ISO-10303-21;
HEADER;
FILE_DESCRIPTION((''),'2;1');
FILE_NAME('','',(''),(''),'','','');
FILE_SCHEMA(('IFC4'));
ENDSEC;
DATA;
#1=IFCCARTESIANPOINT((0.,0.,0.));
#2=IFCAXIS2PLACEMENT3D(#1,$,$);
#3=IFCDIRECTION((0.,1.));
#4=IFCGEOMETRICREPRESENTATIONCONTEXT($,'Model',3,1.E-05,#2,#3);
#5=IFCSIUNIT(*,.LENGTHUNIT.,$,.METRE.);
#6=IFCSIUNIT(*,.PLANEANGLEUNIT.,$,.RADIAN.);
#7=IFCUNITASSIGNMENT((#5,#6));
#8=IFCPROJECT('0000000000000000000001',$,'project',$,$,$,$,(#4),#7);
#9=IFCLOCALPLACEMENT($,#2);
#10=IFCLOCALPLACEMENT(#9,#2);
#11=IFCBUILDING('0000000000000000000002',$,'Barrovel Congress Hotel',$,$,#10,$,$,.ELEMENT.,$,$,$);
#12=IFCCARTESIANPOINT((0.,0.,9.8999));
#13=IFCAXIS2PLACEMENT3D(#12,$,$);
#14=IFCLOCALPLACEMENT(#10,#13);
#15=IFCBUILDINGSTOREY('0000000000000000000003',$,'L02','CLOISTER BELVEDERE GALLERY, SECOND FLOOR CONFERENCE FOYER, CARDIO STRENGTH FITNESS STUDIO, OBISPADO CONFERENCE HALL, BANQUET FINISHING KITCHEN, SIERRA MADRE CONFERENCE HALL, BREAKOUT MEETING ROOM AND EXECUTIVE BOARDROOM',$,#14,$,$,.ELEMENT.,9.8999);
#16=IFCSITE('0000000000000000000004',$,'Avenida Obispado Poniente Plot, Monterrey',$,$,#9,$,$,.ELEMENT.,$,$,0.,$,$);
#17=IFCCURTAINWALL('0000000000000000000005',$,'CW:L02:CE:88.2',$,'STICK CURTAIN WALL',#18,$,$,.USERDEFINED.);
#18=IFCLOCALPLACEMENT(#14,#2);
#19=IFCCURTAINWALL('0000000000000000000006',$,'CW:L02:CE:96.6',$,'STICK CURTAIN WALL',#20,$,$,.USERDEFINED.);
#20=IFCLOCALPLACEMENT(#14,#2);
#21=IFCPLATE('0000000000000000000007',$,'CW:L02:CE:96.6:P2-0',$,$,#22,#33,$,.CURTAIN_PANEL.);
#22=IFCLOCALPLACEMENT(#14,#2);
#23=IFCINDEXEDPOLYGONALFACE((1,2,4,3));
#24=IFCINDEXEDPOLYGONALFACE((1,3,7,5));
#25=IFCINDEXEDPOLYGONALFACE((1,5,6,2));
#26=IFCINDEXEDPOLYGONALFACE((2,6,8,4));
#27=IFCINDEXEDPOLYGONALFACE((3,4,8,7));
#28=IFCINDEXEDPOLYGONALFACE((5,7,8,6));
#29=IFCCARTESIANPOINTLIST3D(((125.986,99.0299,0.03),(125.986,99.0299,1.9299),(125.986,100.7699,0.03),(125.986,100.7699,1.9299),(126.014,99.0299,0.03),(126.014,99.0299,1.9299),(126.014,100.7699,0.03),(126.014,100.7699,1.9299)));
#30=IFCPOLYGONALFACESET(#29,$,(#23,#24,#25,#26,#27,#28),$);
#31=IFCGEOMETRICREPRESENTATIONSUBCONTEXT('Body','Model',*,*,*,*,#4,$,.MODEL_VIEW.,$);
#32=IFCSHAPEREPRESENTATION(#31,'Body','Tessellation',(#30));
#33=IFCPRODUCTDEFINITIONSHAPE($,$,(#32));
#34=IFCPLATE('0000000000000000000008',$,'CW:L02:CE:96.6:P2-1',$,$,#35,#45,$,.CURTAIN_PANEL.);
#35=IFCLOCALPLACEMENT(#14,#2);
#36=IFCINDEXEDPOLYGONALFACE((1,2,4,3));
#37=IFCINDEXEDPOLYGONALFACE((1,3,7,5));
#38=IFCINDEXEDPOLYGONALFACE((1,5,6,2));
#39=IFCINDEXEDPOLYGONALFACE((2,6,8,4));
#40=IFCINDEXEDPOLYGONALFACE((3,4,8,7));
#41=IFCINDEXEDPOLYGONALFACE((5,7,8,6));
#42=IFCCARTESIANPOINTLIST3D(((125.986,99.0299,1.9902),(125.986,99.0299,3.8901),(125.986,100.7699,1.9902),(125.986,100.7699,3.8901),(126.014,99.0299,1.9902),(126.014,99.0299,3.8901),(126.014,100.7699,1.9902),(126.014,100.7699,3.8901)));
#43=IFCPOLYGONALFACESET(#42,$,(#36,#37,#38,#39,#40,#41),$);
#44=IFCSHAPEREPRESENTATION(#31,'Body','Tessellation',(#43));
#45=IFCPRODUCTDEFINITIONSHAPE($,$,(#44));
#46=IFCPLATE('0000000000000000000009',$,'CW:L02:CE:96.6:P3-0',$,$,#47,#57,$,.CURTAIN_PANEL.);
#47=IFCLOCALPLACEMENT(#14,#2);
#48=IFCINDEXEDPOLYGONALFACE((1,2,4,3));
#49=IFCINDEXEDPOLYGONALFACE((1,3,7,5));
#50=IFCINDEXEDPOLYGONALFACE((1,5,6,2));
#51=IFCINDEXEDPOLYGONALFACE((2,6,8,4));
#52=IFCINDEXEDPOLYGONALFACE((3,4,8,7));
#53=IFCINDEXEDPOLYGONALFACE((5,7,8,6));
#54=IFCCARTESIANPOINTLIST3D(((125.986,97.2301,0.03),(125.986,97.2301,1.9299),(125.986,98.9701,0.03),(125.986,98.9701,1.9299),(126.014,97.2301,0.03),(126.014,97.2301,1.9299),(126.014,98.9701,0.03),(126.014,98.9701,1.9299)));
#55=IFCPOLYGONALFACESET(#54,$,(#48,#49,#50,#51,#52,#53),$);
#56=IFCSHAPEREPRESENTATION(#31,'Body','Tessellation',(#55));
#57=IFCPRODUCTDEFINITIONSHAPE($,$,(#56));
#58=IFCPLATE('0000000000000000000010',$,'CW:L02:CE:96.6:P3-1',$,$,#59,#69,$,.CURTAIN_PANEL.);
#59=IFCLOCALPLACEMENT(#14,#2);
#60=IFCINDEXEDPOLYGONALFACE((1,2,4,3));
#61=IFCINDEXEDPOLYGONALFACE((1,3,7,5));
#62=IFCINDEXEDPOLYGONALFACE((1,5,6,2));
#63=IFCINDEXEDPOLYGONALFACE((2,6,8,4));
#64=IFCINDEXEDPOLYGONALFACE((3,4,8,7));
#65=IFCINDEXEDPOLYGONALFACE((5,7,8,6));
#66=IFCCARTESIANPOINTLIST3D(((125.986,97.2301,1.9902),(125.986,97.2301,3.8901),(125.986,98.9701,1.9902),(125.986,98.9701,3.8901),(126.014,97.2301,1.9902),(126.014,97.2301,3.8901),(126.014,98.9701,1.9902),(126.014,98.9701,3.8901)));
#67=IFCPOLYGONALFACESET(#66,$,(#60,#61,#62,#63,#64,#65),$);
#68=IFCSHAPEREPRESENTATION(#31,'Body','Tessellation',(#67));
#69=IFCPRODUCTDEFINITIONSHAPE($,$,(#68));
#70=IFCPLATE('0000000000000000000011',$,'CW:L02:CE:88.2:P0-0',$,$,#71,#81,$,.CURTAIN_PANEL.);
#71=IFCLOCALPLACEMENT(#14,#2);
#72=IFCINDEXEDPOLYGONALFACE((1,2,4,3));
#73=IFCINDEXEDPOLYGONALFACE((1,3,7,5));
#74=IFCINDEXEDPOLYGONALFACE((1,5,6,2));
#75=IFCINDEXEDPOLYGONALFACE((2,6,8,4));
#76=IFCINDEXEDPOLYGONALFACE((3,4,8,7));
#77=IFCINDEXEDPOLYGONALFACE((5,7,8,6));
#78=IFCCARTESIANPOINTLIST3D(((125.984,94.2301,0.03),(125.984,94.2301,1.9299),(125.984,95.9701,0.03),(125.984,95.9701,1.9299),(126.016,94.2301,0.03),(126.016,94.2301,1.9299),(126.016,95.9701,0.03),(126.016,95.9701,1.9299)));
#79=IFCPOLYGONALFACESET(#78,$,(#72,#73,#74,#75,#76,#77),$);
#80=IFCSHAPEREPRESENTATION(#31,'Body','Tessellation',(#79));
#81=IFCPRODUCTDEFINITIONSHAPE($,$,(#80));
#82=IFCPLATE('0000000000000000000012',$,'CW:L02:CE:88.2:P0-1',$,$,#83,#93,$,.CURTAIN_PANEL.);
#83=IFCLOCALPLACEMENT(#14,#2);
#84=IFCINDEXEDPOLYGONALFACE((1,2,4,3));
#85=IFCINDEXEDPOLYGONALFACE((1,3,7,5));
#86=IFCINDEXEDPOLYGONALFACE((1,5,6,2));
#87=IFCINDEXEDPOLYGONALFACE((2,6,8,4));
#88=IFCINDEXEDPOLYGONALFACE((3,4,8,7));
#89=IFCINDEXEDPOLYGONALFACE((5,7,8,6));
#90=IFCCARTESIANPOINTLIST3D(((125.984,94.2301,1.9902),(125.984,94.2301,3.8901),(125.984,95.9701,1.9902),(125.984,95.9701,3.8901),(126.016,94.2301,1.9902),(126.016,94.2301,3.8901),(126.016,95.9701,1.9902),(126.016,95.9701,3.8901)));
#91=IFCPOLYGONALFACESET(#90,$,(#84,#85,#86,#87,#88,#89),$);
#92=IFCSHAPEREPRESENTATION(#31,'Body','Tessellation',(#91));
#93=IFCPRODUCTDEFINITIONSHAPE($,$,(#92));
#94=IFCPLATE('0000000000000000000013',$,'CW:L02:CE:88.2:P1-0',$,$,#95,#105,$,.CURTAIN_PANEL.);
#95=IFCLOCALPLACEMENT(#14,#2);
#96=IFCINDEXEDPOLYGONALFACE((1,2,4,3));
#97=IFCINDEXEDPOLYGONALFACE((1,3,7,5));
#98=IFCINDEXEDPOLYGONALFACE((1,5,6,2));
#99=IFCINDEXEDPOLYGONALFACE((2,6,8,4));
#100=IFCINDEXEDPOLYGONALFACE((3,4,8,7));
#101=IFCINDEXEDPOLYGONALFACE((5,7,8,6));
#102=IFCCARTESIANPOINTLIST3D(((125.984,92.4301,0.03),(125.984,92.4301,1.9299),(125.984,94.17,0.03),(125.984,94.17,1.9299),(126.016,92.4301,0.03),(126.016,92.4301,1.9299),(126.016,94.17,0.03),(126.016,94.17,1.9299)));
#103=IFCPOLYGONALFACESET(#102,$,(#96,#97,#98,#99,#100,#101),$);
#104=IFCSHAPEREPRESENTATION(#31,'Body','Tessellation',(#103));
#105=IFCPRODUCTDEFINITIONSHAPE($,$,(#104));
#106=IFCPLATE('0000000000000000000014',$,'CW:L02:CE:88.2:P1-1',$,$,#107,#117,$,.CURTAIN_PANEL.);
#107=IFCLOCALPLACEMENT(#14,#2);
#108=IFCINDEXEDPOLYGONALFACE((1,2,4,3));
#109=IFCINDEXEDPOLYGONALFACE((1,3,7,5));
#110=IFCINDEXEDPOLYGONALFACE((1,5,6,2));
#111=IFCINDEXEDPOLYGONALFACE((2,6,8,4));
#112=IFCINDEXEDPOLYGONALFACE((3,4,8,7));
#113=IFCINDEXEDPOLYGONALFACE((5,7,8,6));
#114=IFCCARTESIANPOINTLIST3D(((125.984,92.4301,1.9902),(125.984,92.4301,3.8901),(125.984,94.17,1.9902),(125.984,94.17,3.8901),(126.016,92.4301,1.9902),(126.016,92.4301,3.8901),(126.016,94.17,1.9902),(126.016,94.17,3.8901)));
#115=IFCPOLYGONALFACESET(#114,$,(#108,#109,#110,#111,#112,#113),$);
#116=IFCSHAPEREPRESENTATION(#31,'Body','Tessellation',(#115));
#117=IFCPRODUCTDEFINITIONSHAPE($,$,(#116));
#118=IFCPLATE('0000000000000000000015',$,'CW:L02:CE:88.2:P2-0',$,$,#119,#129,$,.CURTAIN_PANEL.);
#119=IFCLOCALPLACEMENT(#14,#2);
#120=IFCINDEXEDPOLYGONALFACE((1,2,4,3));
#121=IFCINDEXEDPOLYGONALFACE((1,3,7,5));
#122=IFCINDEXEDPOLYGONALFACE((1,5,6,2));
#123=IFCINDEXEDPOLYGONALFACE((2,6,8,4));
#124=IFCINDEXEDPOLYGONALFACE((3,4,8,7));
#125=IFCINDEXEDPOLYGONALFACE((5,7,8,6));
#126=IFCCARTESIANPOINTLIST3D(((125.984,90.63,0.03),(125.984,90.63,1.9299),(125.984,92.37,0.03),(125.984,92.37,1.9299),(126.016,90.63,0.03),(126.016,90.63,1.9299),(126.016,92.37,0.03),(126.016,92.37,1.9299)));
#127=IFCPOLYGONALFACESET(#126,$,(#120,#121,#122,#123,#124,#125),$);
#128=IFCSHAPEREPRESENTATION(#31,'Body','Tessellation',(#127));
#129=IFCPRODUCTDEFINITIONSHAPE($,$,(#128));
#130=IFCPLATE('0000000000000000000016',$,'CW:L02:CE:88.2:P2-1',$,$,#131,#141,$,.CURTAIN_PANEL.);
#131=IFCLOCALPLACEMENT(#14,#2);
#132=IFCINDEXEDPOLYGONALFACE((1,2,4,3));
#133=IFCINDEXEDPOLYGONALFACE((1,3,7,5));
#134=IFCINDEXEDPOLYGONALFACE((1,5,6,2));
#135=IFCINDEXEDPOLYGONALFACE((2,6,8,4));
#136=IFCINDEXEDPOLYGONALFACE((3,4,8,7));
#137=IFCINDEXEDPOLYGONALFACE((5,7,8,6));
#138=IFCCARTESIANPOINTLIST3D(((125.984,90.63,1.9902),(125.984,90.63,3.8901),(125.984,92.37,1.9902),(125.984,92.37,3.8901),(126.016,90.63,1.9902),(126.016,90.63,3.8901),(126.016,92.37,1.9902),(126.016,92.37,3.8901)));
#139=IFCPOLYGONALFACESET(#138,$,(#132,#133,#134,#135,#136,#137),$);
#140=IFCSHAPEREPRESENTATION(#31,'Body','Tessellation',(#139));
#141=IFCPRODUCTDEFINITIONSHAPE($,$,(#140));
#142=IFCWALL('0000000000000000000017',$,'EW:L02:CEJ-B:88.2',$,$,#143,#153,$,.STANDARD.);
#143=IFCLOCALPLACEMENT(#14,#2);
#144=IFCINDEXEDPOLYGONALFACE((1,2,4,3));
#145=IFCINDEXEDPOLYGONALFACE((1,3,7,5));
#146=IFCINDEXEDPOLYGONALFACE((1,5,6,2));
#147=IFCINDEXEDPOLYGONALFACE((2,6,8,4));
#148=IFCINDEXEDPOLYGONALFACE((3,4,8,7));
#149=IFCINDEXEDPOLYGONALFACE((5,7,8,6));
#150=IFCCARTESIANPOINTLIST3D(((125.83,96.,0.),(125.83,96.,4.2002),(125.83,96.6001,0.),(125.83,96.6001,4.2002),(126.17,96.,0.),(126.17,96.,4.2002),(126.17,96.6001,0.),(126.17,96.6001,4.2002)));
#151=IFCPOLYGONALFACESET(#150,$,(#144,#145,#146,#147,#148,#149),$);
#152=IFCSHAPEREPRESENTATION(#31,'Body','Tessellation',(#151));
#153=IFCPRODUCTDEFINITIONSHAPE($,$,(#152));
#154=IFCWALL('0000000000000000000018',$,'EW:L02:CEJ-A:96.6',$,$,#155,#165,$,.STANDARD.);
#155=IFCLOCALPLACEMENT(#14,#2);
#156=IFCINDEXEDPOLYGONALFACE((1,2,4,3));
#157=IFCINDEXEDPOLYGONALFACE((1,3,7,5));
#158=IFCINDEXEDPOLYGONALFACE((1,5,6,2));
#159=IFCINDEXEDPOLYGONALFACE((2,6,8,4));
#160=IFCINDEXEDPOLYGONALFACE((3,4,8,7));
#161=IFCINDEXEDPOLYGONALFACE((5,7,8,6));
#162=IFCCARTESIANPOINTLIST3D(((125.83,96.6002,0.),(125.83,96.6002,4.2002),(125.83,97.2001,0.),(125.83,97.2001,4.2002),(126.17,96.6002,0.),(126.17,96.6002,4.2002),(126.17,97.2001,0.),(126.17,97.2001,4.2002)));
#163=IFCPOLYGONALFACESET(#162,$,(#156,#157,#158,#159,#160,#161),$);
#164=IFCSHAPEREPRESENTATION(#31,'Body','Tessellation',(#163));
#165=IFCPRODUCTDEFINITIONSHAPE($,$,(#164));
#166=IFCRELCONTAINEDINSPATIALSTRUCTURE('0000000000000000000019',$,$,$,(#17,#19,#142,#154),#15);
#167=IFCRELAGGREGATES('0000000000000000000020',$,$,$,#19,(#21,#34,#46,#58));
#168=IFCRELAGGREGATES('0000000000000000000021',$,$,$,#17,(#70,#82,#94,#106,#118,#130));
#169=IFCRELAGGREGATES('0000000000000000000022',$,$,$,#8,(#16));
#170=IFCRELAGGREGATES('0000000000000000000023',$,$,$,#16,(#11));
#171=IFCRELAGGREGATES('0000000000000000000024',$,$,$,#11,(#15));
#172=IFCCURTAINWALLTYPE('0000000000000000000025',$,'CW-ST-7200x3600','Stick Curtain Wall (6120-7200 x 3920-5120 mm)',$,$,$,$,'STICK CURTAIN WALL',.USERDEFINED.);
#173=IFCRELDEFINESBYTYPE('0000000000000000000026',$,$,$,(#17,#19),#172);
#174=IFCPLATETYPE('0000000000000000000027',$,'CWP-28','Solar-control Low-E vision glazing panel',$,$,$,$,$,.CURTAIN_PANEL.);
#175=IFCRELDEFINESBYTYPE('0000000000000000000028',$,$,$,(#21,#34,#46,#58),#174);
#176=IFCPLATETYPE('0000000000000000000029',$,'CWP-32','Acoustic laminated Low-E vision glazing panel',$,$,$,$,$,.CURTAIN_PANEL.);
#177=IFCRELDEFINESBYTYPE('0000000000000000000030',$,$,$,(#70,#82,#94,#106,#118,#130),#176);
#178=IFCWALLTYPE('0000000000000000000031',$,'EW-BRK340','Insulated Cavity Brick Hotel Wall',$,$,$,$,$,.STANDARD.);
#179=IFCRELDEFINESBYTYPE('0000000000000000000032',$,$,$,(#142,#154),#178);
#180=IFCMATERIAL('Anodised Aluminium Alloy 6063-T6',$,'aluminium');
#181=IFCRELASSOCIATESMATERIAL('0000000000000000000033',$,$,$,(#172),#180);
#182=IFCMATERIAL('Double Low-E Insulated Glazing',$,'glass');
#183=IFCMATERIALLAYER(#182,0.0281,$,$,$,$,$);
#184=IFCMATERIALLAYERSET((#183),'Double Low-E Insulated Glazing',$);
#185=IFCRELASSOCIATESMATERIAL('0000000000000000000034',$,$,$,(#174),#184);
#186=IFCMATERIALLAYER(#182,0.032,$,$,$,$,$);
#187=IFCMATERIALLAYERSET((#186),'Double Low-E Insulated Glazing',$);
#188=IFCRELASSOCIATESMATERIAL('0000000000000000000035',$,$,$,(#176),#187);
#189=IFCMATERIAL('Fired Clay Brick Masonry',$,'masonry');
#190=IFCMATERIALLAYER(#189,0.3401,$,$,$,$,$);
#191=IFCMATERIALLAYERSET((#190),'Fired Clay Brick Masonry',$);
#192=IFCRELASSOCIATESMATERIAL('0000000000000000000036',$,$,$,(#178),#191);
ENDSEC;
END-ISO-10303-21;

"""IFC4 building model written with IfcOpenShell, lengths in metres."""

from ifc_helpers import new_model, si_unit, direction, frame, frame_2d, origin, origin_2d, place, context, subcontext, project, spatial, rectangle, extrude, material, layer, layer_set, type_object, element, aggregate, save


model = new_model("IFC4")

# Units and contexts
model_context = context("Model", 3, precision=1e-05, world=origin(), true_north=direction((0.0, 1.0)))
body_context = subcontext(model_context, "Body", "Model", "MODEL_VIEW")
ifc_project = project(units=[si_unit("LENGTHUNIT", "METRE"), si_unit("PLANEANGLEUNIT", "RADIAN")], contexts=[model_context])

# Site, building, storey
site_placement = place(None, origin())
site = spatial("IfcSite", under=ifc_project, at=site_placement, Name="Avenida Obispado Poniente Plot, Monterrey", CompositionType="ELEMENT", RefElevation=0.0)
building_placement = place(site_placement, origin())
building = spatial("IfcBuilding", under=site, at=building_placement, Name="Barrovel Congress Hotel", CompositionType="ELEMENT")
storey_placement = place(building_placement, frame((0.0, 0.0, 9.8999)))
storey = spatial("IfcBuildingStorey", under=building, at=storey_placement, Name="L02", Description="CLOISTER BELVEDERE GALLERY, SECOND FLOOR CONFERENCE FOYER, CARDIO STRENGTH FITNESS STUDIO, OBISPADO CONFERENCE HALL, BANQUET FINISHING KITCHEN, SIERRA MADRE CONFERENCE HALL, BREAKOUT MEETING ROOM AND EXECUTIVE BOARDROOM", CompositionType="ELEMENT", Elevation=9.8999)

# Curtain walls
ifc_material_1 = material(Name="Anodised Aluminium Alloy 6063-T6", Category="aluminium")
curtain_wall_type = type_object("IfcCurtainWallType", Name="CW-ST-7200x3600", Description="Stick Curtain Wall (6120-7200 x 3920-5120 mm)", ElementType="STICK CURTAIN WALL", PredefinedType="USERDEFINED", material=ifc_material_1)
curtain_wall_1_placement = place(storey_placement, origin())
curtain_wall_1 = element("IfcCurtainWall", 1, at=curtain_wall_1_placement, inside=storey, type_object=curtain_wall_type, Name="CW:L02:CE:88.2", ObjectType="STICK CURTAIN WALL", PredefinedType="USERDEFINED")
curtain_wall_2_placement = place(storey_placement, origin())
curtain_wall_2 = element("IfcCurtainWall", 2, at=curtain_wall_2_placement, inside=storey, type_object=curtain_wall_type, Name="CW:L02:CE:96.6", ObjectType="STICK CURTAIN WALL", PredefinedType="USERDEFINED")

# Plates
ifc_material_2 = material(Name="Double Low-E Insulated Glazing", Category="glass")
ifc_layer_1 = layer(ifc_material_2, 0.0281)
ifc_layer_set_1 = layer_set([ifc_layer_1], Name="Double Low-E Insulated Glazing")
plate_type_1 = type_object("IfcPlateType", Name="CWP-28", Description="Solar-control Low-E vision glazing panel", PredefinedType="CURTAIN_PANEL", material=ifc_layer_set_1)
plate_1_placement = place(storey_placement, frame((126.0, 99.8999, 0.03), z_axis=(0.0, 0.0, 1.0), x_axis=(0.0, -1.0, 0.0)))
plate_1 = element("IfcPlate", 3, at=plate_1_placement, type_object=plate_type_1, Name="CW:L02:CE:96.6:P2-0", PredefinedType="CURTAIN_PANEL", context=body_context, shape_type="SweptSolid", body=[
    extrude(rectangle(XDim=1.74, YDim=0.0281, at=origin_2d()), origin(), (0.0, 0.0, 1.0), 1.8999),
])
plate_2_placement = place(storey_placement, frame((126.0, 99.8999, 1.9902), z_axis=(0.0, 0.0, 1.0), x_axis=(0.0, -1.0, 0.0)))
plate_2 = element("IfcPlate", 4, at=plate_2_placement, type_object=plate_type_1, Name="CW:L02:CE:96.6:P2-1", PredefinedType="CURTAIN_PANEL", context=body_context, shape_type="SweptSolid", body=[
    extrude(rectangle(XDim=1.74, YDim=0.0281, at=origin_2d()), origin(), (0.0, 0.0, 1.0), 1.8999),
])
plate_3_placement = place(storey_placement, frame((126.0, 98.1001, 0.03), z_axis=(0.0, 0.0, 1.0), x_axis=(0.0, -1.0, 0.0)))
plate_3 = element("IfcPlate", 5, at=plate_3_placement, type_object=plate_type_1, Name="CW:L02:CE:96.6:P3-0", PredefinedType="CURTAIN_PANEL", context=body_context, shape_type="SweptSolid", body=[
    extrude(rectangle(XDim=1.74, YDim=0.0281, at=origin_2d()), origin(), (0.0, 0.0, 1.0), 1.8999),
])
plate_4_placement = place(storey_placement, frame((126.0, 98.1001, 1.9902), z_axis=(0.0, 0.0, 1.0), x_axis=(0.0, -1.0, 0.0)))
plate_4 = element("IfcPlate", 6, at=plate_4_placement, type_object=plate_type_1, Name="CW:L02:CE:96.6:P3-1", PredefinedType="CURTAIN_PANEL", context=body_context, shape_type="SweptSolid", body=[
    extrude(rectangle(XDim=1.74, YDim=0.0281, at=origin_2d()), origin(), (0.0, 0.0, 1.0), 1.8999),
])
aggregate(curtain_wall_2, [plate_1, plate_2, plate_3, plate_4])
ifc_layer_2 = layer(ifc_material_2, 0.032)
ifc_layer_set_2 = layer_set([ifc_layer_2], Name="Double Low-E Insulated Glazing")
plate_type_2 = type_object("IfcPlateType", Name="CWP-32", Description="Acoustic laminated Low-E vision glazing panel", PredefinedType="CURTAIN_PANEL", material=ifc_layer_set_2)
plate_5_placement = place(storey_placement, frame((126.0, 95.1001, 0.03), z_axis=(0.0, 0.0, 1.0), x_axis=(0.0, -1.0, 0.0)))
plate_5 = element("IfcPlate", 7, at=plate_5_placement, type_object=plate_type_2, Name="CW:L02:CE:88.2:P0-0", PredefinedType="CURTAIN_PANEL", context=body_context, shape_type="SweptSolid", body=[
    extrude(rectangle(XDim=1.74, YDim=0.032, at=origin_2d()), origin(), (0.0, 0.0, 1.0), 1.8999),
])
plate_6_placement = place(storey_placement, frame((126.0, 95.1001, 1.9902), z_axis=(0.0, 0.0, 1.0), x_axis=(0.0, -1.0, 0.0)))
plate_6 = element("IfcPlate", 8, at=plate_6_placement, type_object=plate_type_2, Name="CW:L02:CE:88.2:P0-1", PredefinedType="CURTAIN_PANEL", context=body_context, shape_type="SweptSolid", body=[
    extrude(rectangle(XDim=1.74, YDim=0.032, at=origin_2d()), origin(), (0.0, 0.0, 1.0), 1.8999),
])
plate_7_placement = place(storey_placement, frame((126.0, 93.3, 0.03), z_axis=(0.0, 0.0, 1.0), x_axis=(0.0, -1.0, 0.0)))
plate_7 = element("IfcPlate", 9, at=plate_7_placement, type_object=plate_type_2, Name="CW:L02:CE:88.2:P1-0", PredefinedType="CURTAIN_PANEL", context=body_context, shape_type="SweptSolid", body=[
    extrude(rectangle(XDim=1.74, YDim=0.032, at=origin_2d()), origin(), (0.0, 0.0, 1.0), 1.8999),
])
plate_8_placement = place(storey_placement, frame((126.0, 93.3, 1.9902), z_axis=(0.0, 0.0, 1.0), x_axis=(0.0, -1.0, 0.0)))
plate_8 = element("IfcPlate", 10, at=plate_8_placement, type_object=plate_type_2, Name="CW:L02:CE:88.2:P1-1", PredefinedType="CURTAIN_PANEL", context=body_context, shape_type="SweptSolid", body=[
    extrude(rectangle(XDim=1.74, YDim=0.032, at=origin_2d()), origin(), (0.0, 0.0, 1.0), 1.8999),
])
plate_9_placement = place(storey_placement, frame((126.0, 91.5, 0.03), z_axis=(0.0, 0.0, 1.0), x_axis=(0.0, -1.0, 0.0)))
plate_9 = element("IfcPlate", 11, at=plate_9_placement, type_object=plate_type_2, Name="CW:L02:CE:88.2:P2-0", PredefinedType="CURTAIN_PANEL", context=body_context, shape_type="SweptSolid", body=[
    extrude(rectangle(XDim=1.74, YDim=0.032, at=origin_2d()), origin(), (0.0, 0.0, 1.0), 1.8999),
])
plate_10_placement = place(storey_placement, frame((126.0, 91.5, 1.9902), z_axis=(0.0, 0.0, 1.0), x_axis=(0.0, -1.0, 0.0)))
plate_10 = element("IfcPlate", 12, at=plate_10_placement, type_object=plate_type_2, Name="CW:L02:CE:88.2:P2-1", PredefinedType="CURTAIN_PANEL", context=body_context, shape_type="SweptSolid", body=[
    extrude(rectangle(XDim=1.74, YDim=0.032, at=origin_2d()), origin(), (0.0, 0.0, 1.0), 1.8999),
])
aggregate(curtain_wall_1, [plate_5, plate_6, plate_7, plate_8, plate_9, plate_10])

# Walls
ifc_material_3 = material(Name="Fired Clay Brick Masonry", Category="masonry")
ifc_layer_3 = layer(ifc_material_3, 0.3401)
ifc_layer_set_3 = layer_set([ifc_layer_3], Name="Fired Clay Brick Masonry")
wall_type = type_object("IfcWallType", Name="EW-BRK340", Description="Insulated Cavity Brick Hotel Wall", PredefinedType="STANDARD", material=ifc_layer_set_3)
wall_1_placement = place(storey_placement, frame((126.0, 96.6001, 0.0), z_axis=(0.0, 0.0, 1.0), x_axis=(0.0, -1.0, 0.0)))
element("IfcWall", 13, at=wall_1_placement, inside=storey, type_object=wall_type, Name="EW:L02:CEJ-B:88.2", PredefinedType="STANDARD", context=body_context, shape_type="SweptSolid", body=[
    extrude(rectangle(XDim=0.6001, YDim=0.3401, at=frame_2d((0.3, 0.0))), origin(), (0.0, 0.0, 1.0), 4.2002),
])
wall_2_placement = place(storey_placement, frame((126.0, 97.2, 0.0), z_axis=(0.0, 0.0, 1.0), x_axis=(0.0, -1.0, 0.0)))
element("IfcWall", 14, at=wall_2_placement, inside=storey, type_object=wall_type, Name="EW:L02:CEJ-A:96.6", PredefinedType="STANDARD", context=body_context, shape_type="SweptSolid", body=[
    extrude(rectangle(XDim=0.5999, YDim=0.3401, at=frame_2d((0.2998, 0.0))), origin(), (0.0, 0.0, 1.0), 4.2002),
])

save(model, "model.ifc")
